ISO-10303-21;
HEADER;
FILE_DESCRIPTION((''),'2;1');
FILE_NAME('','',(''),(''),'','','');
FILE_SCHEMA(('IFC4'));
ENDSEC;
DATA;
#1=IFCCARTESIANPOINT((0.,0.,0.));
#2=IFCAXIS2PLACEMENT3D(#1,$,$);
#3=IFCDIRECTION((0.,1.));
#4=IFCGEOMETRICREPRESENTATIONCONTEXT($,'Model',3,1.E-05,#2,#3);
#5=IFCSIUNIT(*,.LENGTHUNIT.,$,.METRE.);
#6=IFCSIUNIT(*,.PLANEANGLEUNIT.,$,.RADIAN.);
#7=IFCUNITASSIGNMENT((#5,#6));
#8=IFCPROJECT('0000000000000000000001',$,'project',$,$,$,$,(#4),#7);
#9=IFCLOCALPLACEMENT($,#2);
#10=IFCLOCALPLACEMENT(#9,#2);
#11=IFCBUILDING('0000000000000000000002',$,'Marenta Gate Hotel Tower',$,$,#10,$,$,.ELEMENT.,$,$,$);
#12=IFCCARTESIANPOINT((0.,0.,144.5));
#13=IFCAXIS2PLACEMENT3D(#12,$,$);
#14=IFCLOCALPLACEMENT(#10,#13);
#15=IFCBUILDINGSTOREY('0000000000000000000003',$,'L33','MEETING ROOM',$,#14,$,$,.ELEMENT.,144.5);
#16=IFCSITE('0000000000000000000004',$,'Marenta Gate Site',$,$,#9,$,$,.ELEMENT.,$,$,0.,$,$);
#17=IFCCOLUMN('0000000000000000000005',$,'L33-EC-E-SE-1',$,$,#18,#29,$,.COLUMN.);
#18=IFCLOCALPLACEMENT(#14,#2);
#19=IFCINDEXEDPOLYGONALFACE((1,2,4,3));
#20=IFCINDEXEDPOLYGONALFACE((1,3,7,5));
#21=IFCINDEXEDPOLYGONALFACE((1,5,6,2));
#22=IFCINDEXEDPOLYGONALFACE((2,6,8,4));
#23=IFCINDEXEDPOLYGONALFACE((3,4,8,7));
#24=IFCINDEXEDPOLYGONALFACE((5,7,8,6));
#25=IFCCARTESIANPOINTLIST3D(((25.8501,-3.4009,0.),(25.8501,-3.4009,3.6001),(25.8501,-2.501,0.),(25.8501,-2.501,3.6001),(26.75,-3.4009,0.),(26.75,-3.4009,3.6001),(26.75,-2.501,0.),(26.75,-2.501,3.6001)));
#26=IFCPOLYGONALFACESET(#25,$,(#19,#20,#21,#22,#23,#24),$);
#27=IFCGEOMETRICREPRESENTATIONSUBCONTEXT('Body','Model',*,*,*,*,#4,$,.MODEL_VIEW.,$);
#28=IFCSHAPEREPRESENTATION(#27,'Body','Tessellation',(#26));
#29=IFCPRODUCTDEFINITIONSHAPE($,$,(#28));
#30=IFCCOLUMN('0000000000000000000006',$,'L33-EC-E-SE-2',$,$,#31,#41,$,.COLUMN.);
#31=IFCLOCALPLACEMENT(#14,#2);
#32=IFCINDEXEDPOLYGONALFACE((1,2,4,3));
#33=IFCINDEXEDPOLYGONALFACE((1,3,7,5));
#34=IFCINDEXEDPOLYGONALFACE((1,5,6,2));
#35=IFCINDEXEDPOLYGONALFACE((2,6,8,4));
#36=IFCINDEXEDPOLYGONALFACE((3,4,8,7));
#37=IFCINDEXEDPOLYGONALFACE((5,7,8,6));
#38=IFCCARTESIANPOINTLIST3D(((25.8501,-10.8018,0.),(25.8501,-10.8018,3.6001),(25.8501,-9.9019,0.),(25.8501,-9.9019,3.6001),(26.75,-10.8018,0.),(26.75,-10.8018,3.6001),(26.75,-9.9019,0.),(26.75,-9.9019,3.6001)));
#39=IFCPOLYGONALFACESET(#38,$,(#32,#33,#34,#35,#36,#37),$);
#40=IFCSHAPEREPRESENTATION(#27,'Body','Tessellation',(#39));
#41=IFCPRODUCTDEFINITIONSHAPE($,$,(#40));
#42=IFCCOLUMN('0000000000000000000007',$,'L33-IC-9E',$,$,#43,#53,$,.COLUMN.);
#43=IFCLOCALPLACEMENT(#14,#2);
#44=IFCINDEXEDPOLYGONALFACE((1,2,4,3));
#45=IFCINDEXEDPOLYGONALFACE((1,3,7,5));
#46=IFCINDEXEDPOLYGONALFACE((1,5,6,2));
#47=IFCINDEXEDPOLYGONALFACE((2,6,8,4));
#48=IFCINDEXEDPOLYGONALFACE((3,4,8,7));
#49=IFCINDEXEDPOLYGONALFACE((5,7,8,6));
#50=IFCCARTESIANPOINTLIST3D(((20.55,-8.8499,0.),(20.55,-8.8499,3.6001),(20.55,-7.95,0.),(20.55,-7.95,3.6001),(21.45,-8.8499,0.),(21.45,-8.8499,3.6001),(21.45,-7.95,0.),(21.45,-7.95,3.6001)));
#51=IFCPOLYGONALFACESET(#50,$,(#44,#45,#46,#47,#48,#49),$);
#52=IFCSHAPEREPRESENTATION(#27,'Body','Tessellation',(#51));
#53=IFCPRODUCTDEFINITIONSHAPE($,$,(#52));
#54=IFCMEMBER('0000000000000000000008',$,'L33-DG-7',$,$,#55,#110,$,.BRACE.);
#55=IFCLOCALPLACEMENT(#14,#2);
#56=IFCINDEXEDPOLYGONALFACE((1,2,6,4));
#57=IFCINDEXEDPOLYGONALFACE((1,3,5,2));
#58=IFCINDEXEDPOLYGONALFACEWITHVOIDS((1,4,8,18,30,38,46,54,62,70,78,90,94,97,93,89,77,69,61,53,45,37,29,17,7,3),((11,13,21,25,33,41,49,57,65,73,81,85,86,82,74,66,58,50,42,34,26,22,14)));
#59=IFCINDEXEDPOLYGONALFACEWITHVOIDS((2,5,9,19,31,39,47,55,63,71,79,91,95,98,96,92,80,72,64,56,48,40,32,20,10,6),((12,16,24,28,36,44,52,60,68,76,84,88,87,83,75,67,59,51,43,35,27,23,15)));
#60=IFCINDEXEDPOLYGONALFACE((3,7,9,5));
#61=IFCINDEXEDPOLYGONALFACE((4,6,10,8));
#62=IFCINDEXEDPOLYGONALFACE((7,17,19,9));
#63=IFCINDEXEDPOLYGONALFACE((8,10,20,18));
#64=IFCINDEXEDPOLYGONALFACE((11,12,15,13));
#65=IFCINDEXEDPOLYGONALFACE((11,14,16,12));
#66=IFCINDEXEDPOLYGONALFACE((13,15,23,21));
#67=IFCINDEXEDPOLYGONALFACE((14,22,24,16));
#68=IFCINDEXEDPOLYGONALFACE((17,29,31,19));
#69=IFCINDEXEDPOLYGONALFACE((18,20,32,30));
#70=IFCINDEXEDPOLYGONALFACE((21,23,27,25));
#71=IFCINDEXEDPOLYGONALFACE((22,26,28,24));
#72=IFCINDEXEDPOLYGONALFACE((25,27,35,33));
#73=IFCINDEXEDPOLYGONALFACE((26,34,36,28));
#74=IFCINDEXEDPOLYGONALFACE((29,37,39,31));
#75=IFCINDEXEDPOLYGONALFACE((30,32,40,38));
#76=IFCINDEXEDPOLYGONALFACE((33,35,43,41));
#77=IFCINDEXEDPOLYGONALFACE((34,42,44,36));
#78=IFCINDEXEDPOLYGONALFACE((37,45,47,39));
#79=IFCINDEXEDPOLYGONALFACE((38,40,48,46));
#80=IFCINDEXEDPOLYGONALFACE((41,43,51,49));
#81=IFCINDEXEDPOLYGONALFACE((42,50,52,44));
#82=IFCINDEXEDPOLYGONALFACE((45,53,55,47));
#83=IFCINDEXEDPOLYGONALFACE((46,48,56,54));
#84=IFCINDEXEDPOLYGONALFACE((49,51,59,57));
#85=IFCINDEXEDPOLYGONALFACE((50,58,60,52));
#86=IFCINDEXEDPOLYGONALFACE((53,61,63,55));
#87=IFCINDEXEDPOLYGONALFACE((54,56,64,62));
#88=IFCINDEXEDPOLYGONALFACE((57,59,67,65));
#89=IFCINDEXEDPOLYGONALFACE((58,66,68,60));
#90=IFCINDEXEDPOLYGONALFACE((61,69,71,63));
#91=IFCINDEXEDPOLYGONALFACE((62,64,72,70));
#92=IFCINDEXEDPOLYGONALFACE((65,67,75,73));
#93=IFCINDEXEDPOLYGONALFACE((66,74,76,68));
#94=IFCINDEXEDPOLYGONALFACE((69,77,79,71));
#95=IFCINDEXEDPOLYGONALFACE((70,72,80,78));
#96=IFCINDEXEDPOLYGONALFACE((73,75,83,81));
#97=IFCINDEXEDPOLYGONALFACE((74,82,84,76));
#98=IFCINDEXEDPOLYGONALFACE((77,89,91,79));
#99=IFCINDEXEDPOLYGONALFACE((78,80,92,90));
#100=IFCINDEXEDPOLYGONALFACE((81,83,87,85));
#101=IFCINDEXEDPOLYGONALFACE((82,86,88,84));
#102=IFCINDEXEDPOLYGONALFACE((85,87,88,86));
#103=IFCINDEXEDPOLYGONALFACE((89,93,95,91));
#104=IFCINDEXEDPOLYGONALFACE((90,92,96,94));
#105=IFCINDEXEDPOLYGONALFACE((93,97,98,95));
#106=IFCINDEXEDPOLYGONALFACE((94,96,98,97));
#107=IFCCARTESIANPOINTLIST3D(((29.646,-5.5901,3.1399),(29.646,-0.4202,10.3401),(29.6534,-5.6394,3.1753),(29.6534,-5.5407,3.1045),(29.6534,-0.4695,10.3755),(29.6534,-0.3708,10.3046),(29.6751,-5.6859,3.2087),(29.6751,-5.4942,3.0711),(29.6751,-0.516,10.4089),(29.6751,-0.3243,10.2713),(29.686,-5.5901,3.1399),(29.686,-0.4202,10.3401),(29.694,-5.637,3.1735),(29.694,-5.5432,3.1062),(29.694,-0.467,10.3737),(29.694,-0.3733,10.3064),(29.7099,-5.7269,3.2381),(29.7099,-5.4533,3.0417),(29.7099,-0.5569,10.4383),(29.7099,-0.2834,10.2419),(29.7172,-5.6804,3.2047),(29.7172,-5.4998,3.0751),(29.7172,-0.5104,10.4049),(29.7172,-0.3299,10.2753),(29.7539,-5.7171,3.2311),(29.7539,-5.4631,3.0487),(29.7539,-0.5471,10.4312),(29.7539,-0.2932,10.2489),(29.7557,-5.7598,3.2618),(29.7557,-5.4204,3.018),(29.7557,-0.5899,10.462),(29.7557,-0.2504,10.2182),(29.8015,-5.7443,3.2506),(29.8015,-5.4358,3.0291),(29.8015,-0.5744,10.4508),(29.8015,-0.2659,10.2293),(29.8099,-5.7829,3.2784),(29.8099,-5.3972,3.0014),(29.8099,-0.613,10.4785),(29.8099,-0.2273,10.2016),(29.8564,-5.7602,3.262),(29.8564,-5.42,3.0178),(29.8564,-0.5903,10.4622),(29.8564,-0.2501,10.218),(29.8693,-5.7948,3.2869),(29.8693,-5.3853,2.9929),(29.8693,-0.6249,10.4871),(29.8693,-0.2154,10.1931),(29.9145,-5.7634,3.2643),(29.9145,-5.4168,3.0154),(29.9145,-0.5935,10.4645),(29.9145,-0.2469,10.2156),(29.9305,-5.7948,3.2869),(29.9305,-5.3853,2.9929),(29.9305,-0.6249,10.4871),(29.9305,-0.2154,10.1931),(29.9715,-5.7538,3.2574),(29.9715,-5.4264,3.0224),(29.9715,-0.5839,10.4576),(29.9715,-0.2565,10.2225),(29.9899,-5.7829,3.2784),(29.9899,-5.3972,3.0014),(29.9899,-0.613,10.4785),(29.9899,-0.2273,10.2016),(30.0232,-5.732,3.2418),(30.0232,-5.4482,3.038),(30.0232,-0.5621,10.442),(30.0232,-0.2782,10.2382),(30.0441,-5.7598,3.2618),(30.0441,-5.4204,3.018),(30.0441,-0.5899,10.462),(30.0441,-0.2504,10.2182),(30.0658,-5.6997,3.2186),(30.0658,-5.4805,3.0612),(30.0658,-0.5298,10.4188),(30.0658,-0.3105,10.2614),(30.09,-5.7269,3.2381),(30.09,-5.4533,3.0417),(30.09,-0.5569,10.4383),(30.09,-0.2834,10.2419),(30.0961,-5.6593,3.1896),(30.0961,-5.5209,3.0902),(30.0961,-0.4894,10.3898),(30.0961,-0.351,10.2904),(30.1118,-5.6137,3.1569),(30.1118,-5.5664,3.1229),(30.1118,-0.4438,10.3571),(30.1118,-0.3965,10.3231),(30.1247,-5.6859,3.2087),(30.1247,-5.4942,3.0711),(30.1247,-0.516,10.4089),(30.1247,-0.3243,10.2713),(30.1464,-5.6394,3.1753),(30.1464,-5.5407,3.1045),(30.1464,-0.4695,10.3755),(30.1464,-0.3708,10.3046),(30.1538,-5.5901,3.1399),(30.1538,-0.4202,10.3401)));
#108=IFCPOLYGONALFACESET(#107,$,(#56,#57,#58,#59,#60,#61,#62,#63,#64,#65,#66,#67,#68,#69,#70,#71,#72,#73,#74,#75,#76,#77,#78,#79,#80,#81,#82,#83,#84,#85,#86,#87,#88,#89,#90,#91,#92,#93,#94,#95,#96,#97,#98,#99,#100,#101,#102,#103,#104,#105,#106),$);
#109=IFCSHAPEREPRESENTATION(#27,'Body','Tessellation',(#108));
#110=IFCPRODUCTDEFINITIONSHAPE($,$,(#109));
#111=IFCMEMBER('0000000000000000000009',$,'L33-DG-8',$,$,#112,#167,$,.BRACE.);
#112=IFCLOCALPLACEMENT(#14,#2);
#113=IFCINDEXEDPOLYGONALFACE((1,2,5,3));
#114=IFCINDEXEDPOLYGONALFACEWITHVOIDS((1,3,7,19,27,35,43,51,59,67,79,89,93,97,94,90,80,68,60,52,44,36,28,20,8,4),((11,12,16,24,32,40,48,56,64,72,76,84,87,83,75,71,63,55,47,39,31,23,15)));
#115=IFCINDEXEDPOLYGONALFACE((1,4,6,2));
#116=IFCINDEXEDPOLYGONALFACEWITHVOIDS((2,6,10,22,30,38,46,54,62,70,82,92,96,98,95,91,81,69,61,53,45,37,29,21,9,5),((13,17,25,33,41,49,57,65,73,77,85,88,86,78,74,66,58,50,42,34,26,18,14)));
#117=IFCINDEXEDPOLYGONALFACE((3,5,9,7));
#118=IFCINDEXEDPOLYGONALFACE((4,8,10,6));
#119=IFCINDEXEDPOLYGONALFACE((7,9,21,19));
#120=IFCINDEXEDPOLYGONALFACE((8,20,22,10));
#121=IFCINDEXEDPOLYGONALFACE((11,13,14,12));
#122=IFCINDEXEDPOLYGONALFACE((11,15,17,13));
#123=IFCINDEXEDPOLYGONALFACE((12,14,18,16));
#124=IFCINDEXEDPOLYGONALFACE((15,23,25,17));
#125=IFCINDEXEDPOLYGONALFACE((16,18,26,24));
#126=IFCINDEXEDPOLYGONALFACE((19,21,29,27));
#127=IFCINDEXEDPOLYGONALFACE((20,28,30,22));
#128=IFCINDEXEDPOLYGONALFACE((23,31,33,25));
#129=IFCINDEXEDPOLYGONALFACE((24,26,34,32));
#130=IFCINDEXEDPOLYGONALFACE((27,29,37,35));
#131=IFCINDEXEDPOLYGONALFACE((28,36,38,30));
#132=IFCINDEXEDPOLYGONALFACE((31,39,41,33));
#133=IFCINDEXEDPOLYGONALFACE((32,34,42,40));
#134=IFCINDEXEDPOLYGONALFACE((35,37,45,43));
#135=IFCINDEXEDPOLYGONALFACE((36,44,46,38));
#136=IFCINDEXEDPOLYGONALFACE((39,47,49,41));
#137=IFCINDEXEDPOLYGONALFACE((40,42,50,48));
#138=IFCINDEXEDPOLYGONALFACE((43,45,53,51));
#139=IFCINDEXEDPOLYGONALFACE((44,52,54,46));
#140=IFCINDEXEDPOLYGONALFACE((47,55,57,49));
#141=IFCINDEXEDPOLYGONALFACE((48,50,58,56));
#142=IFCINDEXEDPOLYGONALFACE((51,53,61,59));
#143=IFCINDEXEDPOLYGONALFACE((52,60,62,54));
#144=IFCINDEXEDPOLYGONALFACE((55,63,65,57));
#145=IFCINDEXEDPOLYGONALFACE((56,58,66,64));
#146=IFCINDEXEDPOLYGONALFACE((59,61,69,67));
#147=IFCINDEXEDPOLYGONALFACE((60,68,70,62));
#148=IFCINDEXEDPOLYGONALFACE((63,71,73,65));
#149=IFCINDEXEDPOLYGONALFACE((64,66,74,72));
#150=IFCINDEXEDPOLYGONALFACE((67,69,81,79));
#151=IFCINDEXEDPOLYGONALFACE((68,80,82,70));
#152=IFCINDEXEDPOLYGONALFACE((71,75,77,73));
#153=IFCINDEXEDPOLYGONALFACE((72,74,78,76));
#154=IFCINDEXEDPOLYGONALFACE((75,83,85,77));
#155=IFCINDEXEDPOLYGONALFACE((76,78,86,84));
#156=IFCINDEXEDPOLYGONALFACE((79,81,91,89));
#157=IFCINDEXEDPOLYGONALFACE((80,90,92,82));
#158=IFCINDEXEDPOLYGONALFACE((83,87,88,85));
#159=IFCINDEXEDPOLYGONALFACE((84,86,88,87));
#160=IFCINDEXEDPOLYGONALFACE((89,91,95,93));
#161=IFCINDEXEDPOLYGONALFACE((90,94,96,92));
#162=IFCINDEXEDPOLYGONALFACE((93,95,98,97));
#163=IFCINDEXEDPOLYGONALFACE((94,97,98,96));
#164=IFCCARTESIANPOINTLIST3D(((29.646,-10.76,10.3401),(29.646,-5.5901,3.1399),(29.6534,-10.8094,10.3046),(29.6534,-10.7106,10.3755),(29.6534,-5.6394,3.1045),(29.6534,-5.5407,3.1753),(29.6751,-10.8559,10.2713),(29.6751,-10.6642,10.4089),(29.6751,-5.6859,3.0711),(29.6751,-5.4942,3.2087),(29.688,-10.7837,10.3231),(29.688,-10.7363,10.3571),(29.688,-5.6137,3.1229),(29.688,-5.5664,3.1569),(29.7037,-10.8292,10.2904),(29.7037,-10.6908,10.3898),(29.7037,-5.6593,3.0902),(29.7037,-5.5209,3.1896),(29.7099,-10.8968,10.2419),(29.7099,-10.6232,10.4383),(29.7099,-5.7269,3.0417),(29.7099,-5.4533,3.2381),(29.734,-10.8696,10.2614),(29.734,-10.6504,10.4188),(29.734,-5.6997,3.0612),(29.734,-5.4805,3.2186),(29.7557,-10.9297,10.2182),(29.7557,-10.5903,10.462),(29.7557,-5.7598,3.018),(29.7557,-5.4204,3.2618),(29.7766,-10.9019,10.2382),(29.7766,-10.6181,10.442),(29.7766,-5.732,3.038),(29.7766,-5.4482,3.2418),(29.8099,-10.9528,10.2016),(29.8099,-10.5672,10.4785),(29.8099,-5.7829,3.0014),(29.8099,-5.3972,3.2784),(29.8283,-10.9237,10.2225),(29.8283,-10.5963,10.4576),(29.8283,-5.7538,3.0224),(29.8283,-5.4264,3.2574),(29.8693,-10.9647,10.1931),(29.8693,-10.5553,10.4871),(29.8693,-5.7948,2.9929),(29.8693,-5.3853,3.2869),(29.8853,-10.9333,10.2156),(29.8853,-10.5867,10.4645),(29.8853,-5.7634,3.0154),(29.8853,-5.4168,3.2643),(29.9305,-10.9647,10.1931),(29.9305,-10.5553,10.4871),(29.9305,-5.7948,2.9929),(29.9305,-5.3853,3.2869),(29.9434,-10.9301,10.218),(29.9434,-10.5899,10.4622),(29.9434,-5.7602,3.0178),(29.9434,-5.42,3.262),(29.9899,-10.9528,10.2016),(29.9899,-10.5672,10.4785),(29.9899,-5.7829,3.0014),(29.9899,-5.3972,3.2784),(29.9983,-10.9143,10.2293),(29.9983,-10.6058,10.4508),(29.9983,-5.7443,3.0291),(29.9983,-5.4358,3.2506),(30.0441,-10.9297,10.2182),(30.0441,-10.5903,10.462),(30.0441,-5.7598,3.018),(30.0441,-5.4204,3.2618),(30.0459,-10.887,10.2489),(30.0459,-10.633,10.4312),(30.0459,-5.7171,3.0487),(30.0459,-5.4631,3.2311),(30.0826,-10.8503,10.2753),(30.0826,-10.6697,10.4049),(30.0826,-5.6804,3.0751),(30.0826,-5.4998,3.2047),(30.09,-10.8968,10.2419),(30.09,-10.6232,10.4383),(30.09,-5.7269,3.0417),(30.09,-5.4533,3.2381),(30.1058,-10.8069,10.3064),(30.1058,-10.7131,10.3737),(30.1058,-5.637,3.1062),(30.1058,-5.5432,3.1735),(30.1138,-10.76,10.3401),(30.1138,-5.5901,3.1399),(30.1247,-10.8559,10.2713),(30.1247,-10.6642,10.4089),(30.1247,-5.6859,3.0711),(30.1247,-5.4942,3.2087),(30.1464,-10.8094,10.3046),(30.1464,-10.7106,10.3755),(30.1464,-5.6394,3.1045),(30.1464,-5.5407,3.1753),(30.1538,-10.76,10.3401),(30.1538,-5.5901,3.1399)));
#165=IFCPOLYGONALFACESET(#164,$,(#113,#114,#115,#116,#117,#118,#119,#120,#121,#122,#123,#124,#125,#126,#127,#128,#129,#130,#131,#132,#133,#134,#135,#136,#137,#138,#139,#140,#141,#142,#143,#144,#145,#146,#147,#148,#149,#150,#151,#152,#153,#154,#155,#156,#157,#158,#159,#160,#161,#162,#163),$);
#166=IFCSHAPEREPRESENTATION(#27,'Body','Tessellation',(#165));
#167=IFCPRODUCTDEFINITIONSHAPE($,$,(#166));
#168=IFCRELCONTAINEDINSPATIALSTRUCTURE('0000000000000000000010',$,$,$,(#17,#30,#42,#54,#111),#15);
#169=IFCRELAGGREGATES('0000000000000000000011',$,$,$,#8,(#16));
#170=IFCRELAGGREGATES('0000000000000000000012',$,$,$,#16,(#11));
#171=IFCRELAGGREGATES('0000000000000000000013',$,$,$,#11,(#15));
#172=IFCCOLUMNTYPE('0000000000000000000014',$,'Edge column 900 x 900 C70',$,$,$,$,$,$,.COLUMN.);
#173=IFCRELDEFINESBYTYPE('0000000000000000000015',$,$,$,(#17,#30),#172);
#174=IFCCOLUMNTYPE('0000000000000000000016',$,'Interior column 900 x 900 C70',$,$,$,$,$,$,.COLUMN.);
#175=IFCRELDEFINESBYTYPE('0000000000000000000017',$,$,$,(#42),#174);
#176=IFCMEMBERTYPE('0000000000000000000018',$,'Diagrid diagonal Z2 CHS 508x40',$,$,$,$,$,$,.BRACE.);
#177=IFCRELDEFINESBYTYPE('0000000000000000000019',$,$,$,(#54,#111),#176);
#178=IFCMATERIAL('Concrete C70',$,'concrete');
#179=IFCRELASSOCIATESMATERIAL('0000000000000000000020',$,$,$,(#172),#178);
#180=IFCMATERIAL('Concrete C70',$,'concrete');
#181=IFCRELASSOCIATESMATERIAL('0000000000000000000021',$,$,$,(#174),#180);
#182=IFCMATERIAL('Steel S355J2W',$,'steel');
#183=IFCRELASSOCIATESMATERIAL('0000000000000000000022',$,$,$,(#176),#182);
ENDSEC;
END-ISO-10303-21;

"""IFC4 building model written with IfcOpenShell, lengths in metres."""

from ifc_helpers import new_model, si_unit, direction, frame, origin, origin_2d, place, context, subcontext, project, spatial, rectangle, hollow_circle, extrude, material, material_profile, profile_set, type_object, element, save


model = new_model("IFC4")

# Units and contexts
model_context = context("Model", 3, precision=1e-05, world=origin(), true_north=direction((0.0, 1.0)))
body_context = subcontext(model_context, "Body", "Model", "MODEL_VIEW")
ifc_project = project(units=[si_unit("LENGTHUNIT", "METRE"), si_unit("PLANEANGLEUNIT", "RADIAN")], contexts=[model_context])

# Site, building, storey
site_placement = place(None, origin())
site = spatial("IfcSite", under=ifc_project, at=site_placement, Name="Marenta Gate Site", CompositionType="ELEMENT", RefElevation=0.0)
building_placement = place(site_placement, origin())
building = spatial("IfcBuilding", under=site, at=building_placement, Name="Marenta Gate Hotel Tower", CompositionType="ELEMENT")
storey_placement = place(building_placement, frame((0.0, 0.0, 144.5)))
storey = spatial("IfcBuildingStorey", under=building, at=storey_placement, Name="L33", Description="MEETING ROOM", CompositionType="ELEMENT", Elevation=144.5)

# Columns
ifc_material_1 = material(Name="Concrete C70", Category="concrete")
ifc_material_profile_1 = material_profile(ifc_material_1, rectangle(XDim=0.8999, YDim=0.8999, at=origin_2d()), Name="900 x 900")
ifc_profile_set_1 = profile_set([ifc_material_profile_1], Name="Concrete C70")
column_type_1 = type_object("IfcColumnType", Name="Edge column 900 x 900 C70", PredefinedType="COLUMN", material=ifc_profile_set_1)
for number, where, z_axis, x_axis, name in (
    (1, (26.3, -2.9509, 0.0), (0.0, 0.0, 1.0), (1.0, 0.0, 0.0), "L33-EC-E-SE-1"),
    (2, (26.3, -10.3518, 0.0), (0.0, 0.0, 1.0), (1.0, 0.0, 0.0), "L33-EC-E-SE-2"),
):
    element("IfcColumn", number, at=place(storey_placement, frame(where, z_axis=z_axis, x_axis=x_axis)), inside=storey, type_object=column_type_1, Name=name, PredefinedType="COLUMN", context=body_context, shape_type="SweptSolid", body=[
        extrude(rectangle(XDim=0.8999, YDim=0.8999, at=origin_2d()), origin(), (0.0, 0.0, 1.0), 3.6001),
    ])
ifc_material_2 = material(Name="Concrete C70", Category="concrete")
ifc_material_profile_2 = material_profile(ifc_material_2, rectangle(XDim=0.8999, YDim=0.8999, at=origin_2d()), Name="900 x 900")
ifc_profile_set_2 = profile_set([ifc_material_profile_2], Name="Concrete C70")
column_type_2 = type_object("IfcColumnType", Name="Interior column 900 x 900 C70", PredefinedType="COLUMN", material=ifc_profile_set_2)
column_placement = place(storey_placement, frame((21.0, -8.3999, 0.0), z_axis=(0.0, 0.0, 1.0), x_axis=(1.0, 0.0, 0.0)))
element("IfcColumn", 3, at=column_placement, inside=storey, type_object=column_type_2, Name="L33-IC-9E", PredefinedType="COLUMN", context=body_context, shape_type="SweptSolid", body=[
    extrude(rectangle(XDim=0.8999, YDim=0.8999, at=origin_2d()), origin(), (0.0, 0.0, 1.0), 3.6001),
])

# Members
ifc_material_3 = material(Name="Steel S355J2W", Category="steel")
ifc_material_profile_3 = material_profile(ifc_material_3, hollow_circle(Radius=0.2539, WallThickness=0.04, at=origin_2d()), Name="CHS 508x40")
ifc_profile_set_3 = profile_set([ifc_material_profile_3], Name="Steel S355J2W")
member_type_1 = type_object("IfcMemberType", Name="Diagrid diagonal Z2 CHS 508x40", PredefinedType="BRACE", material=ifc_profile_set_3)
for number, where, z_axis, x_axis, name in (
    (4, (29.8999, -5.5901, 3.1399), (0.0, 0.583248, 0.812294), (-1.0, 0.0, 0.0), "L33-DG-7"),
    (5, (29.8999, -5.5901, 3.1399), (0.0, -0.583248, 0.812294), (1.0, 0.0, 0.0), "L33-DG-8"),
):
    element("IfcMember", number, at=place(storey_placement, frame(where, z_axis=z_axis, x_axis=x_axis)), inside=storey, type_object=member_type_1, Name=name, PredefinedType="BRACE", context=body_context, shape_type="SweptSolid", body=[
        extrude(hollow_circle(Radius=0.2539, WallThickness=0.04, at=origin_2d()), origin(), (0.0, 0.0, 1.0), 8.864),
    ])

save(model, "model.ifc")
